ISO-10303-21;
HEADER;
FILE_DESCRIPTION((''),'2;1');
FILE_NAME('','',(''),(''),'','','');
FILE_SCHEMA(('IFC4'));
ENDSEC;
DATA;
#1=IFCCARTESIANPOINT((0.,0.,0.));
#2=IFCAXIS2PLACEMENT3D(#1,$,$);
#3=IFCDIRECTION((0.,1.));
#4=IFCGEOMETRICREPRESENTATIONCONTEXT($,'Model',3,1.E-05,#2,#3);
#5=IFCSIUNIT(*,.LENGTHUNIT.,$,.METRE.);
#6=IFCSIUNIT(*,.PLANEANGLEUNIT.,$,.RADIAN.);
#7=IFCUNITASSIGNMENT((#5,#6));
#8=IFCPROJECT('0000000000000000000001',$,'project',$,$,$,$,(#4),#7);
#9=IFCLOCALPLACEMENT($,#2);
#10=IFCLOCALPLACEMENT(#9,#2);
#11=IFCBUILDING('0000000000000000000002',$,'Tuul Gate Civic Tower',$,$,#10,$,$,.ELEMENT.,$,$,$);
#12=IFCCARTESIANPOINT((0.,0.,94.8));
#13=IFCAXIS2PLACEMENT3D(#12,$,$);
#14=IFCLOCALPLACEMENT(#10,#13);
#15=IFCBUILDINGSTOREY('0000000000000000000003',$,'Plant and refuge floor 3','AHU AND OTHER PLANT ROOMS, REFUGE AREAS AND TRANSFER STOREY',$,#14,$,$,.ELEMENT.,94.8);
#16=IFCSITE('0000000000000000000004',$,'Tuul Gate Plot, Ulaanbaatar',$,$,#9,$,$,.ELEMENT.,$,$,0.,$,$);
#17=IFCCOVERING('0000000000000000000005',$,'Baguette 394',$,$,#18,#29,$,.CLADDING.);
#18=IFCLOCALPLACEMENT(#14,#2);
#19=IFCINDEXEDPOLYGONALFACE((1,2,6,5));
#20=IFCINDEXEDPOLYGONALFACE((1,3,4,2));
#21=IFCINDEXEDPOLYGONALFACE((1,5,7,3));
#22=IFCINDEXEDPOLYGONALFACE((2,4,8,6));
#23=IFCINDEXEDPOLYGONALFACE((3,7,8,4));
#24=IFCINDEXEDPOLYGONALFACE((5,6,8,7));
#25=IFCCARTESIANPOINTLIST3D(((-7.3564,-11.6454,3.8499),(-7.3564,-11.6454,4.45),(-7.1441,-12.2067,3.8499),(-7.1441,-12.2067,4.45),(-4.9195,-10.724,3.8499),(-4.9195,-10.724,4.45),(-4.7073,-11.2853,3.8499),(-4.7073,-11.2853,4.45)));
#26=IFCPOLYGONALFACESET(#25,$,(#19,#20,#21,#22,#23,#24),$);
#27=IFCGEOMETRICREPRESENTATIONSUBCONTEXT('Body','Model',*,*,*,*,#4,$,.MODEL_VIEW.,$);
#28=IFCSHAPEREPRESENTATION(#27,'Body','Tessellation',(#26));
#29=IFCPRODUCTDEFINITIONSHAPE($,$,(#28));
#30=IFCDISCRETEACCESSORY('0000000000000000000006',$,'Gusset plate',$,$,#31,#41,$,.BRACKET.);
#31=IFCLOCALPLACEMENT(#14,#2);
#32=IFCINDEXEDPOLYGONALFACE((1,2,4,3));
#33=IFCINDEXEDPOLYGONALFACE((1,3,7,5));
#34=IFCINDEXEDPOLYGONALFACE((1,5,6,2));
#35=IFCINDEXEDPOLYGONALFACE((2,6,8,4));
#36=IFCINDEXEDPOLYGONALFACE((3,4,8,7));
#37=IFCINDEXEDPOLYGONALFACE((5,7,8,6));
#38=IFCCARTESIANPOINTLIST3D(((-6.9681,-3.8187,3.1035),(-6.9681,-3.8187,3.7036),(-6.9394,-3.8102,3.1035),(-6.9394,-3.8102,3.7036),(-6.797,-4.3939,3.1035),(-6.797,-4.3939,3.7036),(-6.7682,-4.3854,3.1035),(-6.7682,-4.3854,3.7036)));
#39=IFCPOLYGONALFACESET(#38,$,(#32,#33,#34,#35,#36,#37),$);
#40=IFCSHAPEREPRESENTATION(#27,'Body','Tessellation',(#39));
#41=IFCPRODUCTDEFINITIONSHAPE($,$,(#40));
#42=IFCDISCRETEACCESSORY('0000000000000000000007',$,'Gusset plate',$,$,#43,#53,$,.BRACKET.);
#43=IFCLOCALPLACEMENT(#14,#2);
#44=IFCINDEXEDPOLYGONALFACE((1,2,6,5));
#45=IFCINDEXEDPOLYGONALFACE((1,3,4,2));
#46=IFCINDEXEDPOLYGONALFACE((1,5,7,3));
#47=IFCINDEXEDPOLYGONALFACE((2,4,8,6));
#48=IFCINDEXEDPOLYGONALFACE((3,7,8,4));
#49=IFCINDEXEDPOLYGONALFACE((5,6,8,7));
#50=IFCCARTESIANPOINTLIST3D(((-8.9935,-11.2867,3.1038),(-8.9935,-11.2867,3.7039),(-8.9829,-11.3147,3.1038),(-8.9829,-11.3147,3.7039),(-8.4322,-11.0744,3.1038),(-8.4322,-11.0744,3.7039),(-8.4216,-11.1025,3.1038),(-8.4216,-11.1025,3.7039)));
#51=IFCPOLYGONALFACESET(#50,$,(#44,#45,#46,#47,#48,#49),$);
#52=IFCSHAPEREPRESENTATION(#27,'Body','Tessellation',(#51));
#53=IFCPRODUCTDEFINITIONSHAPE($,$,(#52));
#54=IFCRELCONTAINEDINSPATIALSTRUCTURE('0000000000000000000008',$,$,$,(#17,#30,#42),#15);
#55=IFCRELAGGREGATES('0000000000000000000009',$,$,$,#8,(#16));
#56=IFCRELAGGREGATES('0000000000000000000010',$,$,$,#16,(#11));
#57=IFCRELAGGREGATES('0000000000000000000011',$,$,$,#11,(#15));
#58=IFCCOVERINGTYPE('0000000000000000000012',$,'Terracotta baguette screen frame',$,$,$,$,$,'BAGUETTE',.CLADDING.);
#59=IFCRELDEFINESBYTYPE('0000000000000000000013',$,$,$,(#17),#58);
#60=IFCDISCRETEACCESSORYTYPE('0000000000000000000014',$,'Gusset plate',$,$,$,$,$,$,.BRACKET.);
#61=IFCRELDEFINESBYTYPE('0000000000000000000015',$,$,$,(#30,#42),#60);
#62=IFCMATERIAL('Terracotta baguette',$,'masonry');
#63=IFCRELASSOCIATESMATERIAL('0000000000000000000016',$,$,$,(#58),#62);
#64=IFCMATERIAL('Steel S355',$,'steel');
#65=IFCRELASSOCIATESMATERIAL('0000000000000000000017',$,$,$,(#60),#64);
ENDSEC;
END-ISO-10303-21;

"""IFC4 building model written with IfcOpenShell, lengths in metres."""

from ifc_helpers import new_model, si_unit, direction, frame, origin, origin_2d, place, context, subcontext, project, spatial, rectangle, extrude, material, material_profile, profile_set, type_object, element, save


model = new_model("IFC4")

# Units and contexts
model_context = context("Model", 3, precision=1e-05, world=origin(), true_north=direction((0.0, 1.0)))
body_context = subcontext(model_context, "Body", "Model", "MODEL_VIEW")
ifc_project = project(units=[si_unit("LENGTHUNIT", "METRE"), si_unit("PLANEANGLEUNIT", "RADIAN")], contexts=[model_context])

# Site, building, storey
site_placement = place(None, origin())
site = spatial("IfcSite", under=ifc_project, at=site_placement, Name="Tuul Gate Plot, Ulaanbaatar", CompositionType="ELEMENT", RefElevation=0.0)
building_placement = place(site_placement, origin())
building = spatial("IfcBuilding", under=site, at=building_placement, Name="Tuul Gate Civic Tower", CompositionType="ELEMENT")
storey_placement = place(building_placement, frame((0.0, 0.0, 94.8)))
storey = spatial("IfcBuildingStorey", under=building, at=storey_placement, Name="Plant and refuge floor 3", Description="AHU AND OTHER PLANT ROOMS, REFUGE AREAS AND TRANSFER STOREY", CompositionType="ELEMENT", Elevation=94.8)

# Covering
ifc_material_1 = material(Name="Terracotta baguette", Category="masonry")
ifc_material_profile_1 = material_profile(ifc_material_1, rectangle(XDim=0.6001, YDim=0.6001, at=origin_2d()), Name="Terracotta baguette screen frame")
ifc_profile_set_1 = profile_set([ifc_material_profile_1], Name="Terracotta baguette")
covering_type = type_object("IfcCoveringType", Name="Terracotta baguette screen frame", ElementType="BAGUETTE", PredefinedType="CLADDING", material=ifc_profile_set_1)
covering_1_placement = place(storey_placement, frame((-7.2502, -11.926, 4.1499), z_axis=(0.935367, 0.353679, 0.0), x_axis=(-0.353679, 0.935367, 0.0)))
element("IfcCovering", 1, at=covering_1_placement, inside=storey, type_object=covering_type, Name="Baguette 394", PredefinedType="CLADDING", context=body_context, shape_type="SweptSolid", body=[
    extrude(rectangle(XDim=0.6001, YDim=0.6001, at=origin_2d()), origin(), (0.0, 0.0, 1.0), 2.6052),
])

# Discrete accessories
ifc_material_2 = material(Name="Steel S355", Category="steel")
discrete_accessory_type = type_object("IfcDiscreteAccessoryType", Name="Gusset plate", PredefinedType="BRACKET", material=ifc_material_2)
for number, where, z_axis, x_axis, name in (
    (2, (-6.8682, -4.1021, 3.1035), (0.0, 0.0, 1.0), (-0.285212, 0.958464, 0.0), "Gusset plate"),
    (3, (-8.7075, -11.1946, 3.1038), (0.0, 0.0, 1.0), (-0.935368, -0.353677, 0.0), "Gusset plate"),
):
    element("IfcDiscreteAccessory", number, at=place(storey_placement, frame(where, z_axis=z_axis, x_axis=x_axis)), inside=storey, type_object=discrete_accessory_type, Name=name, PredefinedType="BRACKET", context=body_context, shape_type="SweptSolid", body=[
        extrude(rectangle(XDim=0.6001, YDim=0.03, at=origin_2d()), origin(), (0.0, 0.0, 1.0), 0.6001),
    ])

save(model, "model.ifc")
